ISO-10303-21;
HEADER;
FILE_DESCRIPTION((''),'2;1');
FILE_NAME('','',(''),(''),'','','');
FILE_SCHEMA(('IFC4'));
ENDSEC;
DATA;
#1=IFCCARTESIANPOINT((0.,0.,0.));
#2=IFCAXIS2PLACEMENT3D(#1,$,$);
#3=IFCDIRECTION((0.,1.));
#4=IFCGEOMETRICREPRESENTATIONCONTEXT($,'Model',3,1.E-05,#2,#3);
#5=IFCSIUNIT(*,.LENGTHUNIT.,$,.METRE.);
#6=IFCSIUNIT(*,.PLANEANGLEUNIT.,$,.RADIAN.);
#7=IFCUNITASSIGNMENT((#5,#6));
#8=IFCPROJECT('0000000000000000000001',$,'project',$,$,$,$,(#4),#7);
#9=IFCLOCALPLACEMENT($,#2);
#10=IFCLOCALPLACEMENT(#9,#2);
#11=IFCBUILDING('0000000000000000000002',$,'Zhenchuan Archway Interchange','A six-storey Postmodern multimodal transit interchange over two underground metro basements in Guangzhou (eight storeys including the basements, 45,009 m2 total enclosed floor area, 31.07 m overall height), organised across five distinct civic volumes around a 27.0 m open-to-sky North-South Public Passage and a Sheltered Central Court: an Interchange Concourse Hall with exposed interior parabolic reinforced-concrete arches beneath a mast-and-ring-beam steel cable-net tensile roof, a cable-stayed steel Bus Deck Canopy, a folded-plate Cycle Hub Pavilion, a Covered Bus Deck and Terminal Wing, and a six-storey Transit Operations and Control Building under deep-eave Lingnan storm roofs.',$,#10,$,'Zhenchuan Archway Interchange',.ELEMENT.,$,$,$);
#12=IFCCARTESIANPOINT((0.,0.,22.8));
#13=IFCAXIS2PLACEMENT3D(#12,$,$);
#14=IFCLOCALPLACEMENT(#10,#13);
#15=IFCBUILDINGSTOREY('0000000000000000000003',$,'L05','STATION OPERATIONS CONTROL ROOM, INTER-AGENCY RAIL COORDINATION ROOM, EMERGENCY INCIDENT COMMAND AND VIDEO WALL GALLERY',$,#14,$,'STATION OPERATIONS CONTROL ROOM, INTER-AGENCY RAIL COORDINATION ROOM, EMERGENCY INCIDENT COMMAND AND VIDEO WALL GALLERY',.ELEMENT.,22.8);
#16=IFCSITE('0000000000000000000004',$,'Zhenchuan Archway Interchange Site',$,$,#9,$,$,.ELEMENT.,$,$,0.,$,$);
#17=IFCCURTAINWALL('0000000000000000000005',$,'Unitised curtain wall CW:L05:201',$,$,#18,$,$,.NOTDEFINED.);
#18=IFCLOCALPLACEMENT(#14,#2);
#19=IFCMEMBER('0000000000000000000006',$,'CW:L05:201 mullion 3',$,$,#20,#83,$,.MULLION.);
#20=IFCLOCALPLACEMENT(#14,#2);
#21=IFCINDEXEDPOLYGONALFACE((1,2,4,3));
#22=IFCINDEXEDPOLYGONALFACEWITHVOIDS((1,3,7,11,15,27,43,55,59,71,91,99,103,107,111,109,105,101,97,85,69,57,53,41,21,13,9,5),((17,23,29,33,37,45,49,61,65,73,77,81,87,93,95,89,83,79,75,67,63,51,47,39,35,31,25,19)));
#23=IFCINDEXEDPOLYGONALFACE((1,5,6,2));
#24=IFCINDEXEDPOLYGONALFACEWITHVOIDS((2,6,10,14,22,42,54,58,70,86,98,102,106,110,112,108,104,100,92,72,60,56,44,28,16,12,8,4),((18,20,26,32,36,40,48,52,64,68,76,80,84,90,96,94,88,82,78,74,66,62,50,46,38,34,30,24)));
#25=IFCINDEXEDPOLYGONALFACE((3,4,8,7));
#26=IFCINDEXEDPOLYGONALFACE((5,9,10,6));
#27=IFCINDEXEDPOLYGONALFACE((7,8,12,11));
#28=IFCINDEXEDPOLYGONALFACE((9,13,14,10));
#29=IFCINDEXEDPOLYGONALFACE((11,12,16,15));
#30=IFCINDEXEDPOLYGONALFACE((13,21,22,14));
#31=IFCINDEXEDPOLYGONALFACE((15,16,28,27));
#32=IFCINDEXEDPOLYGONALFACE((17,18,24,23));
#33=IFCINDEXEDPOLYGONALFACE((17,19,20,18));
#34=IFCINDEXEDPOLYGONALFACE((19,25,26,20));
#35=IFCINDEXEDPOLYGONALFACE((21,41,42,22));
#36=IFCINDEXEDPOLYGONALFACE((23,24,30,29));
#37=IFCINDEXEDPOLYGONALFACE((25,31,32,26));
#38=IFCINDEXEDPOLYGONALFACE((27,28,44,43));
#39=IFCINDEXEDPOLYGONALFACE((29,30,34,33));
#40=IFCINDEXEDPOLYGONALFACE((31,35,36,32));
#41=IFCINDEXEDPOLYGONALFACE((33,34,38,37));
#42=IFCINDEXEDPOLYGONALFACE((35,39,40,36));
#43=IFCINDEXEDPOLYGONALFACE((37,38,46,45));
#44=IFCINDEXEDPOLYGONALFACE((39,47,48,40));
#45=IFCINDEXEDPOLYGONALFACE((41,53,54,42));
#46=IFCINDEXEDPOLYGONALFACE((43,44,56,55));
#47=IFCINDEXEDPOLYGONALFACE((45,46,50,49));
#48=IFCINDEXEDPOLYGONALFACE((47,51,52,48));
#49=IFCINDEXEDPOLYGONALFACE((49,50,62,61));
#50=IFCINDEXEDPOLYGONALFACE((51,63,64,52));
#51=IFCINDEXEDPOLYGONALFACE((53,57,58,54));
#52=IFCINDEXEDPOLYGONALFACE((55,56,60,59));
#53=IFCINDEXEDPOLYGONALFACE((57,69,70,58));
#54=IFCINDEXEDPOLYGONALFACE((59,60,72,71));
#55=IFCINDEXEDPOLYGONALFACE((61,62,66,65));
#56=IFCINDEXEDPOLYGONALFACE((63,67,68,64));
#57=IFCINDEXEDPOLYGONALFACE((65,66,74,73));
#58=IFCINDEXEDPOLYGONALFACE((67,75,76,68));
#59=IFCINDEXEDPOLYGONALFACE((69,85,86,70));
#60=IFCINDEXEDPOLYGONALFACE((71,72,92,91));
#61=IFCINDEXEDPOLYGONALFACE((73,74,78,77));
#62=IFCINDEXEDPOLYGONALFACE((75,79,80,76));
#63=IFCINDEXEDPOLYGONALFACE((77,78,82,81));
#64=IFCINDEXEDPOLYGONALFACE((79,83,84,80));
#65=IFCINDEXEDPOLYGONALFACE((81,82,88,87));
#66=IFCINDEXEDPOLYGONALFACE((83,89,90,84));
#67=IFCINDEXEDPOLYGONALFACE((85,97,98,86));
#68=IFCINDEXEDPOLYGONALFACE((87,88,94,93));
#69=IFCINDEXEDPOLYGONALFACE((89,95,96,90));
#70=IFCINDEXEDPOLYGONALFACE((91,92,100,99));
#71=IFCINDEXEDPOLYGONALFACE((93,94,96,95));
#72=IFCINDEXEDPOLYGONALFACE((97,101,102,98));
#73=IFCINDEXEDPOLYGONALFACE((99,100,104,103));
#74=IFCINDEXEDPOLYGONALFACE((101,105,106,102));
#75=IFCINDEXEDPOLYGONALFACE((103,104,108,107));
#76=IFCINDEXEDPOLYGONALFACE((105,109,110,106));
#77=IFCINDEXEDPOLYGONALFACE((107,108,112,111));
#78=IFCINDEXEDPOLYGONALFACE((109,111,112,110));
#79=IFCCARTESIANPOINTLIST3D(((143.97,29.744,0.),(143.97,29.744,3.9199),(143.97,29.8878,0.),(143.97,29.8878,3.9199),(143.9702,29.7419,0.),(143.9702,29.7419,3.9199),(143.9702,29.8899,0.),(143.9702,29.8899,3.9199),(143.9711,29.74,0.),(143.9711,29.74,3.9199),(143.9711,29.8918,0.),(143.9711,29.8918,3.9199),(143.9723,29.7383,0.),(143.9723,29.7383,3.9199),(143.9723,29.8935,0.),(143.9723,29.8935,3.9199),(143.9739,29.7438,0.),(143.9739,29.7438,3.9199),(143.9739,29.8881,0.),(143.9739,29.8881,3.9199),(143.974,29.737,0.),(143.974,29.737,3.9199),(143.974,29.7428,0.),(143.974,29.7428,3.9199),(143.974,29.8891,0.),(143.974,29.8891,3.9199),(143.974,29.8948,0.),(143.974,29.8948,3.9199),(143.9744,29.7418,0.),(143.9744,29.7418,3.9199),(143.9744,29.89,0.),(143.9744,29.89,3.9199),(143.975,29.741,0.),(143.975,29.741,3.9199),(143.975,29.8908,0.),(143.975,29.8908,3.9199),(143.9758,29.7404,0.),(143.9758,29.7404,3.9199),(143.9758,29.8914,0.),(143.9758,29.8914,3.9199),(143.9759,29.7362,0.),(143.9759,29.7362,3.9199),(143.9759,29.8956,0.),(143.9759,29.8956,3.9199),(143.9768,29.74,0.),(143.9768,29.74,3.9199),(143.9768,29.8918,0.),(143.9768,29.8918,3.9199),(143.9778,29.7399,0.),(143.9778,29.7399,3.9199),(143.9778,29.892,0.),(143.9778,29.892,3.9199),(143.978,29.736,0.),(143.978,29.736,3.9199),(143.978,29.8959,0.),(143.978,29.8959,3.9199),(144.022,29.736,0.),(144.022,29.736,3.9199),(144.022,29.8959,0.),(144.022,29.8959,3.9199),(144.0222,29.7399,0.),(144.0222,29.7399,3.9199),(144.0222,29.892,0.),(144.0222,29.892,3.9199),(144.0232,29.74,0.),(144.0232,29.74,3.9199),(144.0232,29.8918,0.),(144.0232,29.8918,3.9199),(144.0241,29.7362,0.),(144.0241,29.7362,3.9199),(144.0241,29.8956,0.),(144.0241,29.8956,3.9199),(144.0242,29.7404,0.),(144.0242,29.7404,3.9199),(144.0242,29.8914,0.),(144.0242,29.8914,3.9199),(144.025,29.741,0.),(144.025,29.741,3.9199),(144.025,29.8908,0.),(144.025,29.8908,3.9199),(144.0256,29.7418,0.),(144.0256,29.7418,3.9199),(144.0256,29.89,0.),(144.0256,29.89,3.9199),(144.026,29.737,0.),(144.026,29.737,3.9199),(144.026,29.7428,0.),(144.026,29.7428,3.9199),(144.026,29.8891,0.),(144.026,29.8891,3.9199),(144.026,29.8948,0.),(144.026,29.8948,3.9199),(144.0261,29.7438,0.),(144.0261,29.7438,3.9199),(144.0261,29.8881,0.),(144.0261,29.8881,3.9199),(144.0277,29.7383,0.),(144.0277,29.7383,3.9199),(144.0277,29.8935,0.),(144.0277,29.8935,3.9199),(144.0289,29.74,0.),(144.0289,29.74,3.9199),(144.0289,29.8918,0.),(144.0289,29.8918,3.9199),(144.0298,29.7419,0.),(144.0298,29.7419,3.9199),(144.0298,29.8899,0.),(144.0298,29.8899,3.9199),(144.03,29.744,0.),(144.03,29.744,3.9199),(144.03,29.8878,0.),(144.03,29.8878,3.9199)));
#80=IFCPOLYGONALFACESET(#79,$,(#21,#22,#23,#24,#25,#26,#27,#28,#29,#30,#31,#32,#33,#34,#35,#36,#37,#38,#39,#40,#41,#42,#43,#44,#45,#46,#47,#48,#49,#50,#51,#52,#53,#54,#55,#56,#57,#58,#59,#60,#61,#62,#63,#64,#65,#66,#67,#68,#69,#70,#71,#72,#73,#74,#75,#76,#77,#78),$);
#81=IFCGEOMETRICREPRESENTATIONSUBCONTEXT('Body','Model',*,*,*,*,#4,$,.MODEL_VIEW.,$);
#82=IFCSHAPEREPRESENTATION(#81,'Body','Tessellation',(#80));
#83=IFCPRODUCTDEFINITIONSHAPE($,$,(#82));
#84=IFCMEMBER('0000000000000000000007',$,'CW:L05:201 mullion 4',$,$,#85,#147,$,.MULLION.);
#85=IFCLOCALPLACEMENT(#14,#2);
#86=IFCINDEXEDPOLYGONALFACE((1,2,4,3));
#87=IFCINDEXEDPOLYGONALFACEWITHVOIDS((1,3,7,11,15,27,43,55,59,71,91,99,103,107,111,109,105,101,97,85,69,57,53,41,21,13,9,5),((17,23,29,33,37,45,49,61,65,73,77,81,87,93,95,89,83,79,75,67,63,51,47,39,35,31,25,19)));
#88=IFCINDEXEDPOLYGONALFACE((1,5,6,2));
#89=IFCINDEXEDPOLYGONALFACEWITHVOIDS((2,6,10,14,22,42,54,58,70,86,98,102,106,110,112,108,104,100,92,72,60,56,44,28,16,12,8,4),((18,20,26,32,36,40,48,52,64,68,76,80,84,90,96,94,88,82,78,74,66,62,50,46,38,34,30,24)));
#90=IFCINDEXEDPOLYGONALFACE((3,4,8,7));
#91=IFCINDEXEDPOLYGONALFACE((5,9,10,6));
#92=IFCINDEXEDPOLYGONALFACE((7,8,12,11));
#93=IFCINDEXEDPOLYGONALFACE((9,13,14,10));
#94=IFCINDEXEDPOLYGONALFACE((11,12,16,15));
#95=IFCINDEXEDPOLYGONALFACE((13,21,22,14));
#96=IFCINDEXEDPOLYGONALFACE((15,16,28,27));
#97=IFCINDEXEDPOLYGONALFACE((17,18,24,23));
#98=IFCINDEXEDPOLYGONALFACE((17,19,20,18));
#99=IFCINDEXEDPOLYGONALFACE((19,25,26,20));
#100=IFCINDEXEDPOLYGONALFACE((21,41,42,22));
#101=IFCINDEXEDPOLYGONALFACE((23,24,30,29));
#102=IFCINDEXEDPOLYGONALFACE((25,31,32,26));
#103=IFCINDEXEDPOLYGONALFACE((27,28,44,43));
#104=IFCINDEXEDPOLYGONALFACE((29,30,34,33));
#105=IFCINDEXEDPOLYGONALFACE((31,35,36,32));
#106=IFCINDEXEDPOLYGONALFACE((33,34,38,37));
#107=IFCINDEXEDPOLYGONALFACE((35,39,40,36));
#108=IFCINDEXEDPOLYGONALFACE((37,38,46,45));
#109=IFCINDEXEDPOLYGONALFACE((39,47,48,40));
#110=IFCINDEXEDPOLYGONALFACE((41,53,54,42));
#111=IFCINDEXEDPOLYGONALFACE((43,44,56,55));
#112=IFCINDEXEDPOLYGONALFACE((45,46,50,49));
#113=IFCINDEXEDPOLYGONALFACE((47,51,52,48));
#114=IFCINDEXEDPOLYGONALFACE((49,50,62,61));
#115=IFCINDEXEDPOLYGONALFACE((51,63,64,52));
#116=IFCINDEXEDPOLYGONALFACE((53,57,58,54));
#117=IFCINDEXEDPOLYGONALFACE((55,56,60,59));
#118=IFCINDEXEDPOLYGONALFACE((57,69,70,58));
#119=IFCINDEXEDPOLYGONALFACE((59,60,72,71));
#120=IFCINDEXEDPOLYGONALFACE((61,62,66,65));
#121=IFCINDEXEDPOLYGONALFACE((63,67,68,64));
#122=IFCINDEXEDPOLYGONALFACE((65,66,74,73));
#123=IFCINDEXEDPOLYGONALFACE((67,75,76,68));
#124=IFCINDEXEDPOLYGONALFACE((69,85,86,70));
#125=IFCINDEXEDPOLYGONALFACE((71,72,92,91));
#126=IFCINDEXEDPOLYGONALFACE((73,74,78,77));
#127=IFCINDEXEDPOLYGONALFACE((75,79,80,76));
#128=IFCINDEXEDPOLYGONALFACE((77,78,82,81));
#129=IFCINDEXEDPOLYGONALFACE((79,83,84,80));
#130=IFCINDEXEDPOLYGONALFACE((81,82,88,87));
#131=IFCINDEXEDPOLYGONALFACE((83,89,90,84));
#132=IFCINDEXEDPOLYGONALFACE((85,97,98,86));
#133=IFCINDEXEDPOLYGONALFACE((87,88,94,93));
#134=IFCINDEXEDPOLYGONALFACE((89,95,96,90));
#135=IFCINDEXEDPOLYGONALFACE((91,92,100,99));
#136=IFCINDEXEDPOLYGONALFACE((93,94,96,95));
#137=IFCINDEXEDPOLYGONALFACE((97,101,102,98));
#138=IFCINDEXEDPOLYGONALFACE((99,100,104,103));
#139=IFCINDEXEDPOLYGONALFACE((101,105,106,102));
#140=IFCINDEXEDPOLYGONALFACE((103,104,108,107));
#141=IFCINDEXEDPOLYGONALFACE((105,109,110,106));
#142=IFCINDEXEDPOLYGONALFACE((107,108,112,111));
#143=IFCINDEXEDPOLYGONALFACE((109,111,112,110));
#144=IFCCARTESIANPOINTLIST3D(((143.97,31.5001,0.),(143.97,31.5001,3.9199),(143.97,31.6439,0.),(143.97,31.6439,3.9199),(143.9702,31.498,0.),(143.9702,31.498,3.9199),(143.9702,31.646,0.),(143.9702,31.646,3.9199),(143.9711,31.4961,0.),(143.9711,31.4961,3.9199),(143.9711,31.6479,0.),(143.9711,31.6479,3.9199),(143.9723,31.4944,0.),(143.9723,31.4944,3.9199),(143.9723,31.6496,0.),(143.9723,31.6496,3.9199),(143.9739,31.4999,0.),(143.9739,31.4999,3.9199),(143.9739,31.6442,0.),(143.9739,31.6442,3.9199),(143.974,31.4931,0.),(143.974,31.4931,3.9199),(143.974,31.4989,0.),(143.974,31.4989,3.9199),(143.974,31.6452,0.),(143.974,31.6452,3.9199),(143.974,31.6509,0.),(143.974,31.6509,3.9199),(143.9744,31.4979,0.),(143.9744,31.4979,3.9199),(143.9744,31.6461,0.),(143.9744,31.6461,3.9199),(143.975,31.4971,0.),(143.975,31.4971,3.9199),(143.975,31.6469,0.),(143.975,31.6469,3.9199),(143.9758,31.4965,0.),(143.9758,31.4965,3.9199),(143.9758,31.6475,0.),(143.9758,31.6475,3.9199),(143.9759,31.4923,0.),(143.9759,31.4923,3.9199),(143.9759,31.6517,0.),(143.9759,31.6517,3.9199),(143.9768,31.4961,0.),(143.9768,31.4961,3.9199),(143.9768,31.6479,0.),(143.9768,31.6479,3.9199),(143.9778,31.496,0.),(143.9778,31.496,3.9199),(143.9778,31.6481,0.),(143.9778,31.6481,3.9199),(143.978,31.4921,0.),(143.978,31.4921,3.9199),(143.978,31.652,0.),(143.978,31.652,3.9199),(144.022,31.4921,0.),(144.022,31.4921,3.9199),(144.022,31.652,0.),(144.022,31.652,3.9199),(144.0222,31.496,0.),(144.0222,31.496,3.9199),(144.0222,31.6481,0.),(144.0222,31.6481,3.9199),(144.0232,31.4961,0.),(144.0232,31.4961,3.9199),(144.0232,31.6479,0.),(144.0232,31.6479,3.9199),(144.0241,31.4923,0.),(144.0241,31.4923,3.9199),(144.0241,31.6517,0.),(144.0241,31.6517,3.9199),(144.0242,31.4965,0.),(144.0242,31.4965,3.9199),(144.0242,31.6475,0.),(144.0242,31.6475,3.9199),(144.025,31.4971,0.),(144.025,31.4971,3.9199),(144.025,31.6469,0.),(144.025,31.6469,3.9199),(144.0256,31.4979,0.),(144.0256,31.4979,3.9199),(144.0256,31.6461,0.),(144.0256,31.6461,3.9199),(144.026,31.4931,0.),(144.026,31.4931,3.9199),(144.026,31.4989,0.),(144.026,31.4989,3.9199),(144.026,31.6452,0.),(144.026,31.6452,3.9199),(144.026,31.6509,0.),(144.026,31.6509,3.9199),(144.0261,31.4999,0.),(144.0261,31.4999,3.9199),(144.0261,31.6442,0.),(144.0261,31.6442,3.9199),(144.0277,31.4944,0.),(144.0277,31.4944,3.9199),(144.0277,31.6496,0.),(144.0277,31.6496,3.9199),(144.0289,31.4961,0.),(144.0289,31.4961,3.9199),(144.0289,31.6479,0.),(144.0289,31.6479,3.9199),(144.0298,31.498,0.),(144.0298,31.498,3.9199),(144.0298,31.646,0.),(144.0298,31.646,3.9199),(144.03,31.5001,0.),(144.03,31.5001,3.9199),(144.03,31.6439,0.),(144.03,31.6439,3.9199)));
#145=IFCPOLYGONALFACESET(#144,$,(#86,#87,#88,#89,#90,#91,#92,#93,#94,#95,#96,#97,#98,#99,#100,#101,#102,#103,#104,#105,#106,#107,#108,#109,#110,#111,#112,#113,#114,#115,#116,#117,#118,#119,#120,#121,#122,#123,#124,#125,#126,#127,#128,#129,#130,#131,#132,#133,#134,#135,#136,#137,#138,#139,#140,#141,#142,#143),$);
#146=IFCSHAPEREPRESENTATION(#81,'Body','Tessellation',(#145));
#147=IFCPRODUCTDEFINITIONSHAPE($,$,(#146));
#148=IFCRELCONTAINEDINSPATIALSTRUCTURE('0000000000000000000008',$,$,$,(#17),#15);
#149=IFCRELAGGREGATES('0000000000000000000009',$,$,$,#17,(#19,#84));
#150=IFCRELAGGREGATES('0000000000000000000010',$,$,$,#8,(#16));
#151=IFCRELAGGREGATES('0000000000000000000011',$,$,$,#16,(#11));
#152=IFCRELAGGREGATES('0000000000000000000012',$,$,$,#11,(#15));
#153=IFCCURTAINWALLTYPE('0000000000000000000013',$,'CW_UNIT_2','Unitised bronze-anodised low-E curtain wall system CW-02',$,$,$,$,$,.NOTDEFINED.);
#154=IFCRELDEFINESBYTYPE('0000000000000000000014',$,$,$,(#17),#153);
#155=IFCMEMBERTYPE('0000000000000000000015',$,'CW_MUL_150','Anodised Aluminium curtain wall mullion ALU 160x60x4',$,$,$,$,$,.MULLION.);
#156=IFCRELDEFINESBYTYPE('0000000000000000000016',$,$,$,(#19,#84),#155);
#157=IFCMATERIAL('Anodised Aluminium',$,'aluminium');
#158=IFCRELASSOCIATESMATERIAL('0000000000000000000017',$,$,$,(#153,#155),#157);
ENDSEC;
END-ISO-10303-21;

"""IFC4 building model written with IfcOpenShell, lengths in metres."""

from ifc_helpers import new_model, si_unit, direction, frame, origin, origin_2d, place, context, subcontext, project, spatial, hollow_rectangle, extrude, material, material_profile, profile_set, type_object, element, aggregate, save


model = new_model("IFC4")

# Units and contexts
model_context = context("Model", 3, precision=1e-05, world=origin(), true_north=direction((0.0, 1.0)))
body_context = subcontext(model_context, "Body", "Model", "MODEL_VIEW")
ifc_project = project(units=[si_unit("LENGTHUNIT", "METRE"), si_unit("PLANEANGLEUNIT", "RADIAN")], contexts=[model_context])

# Site, building, storey
site_placement = place(None, origin())
site = spatial("IfcSite", under=ifc_project, at=site_placement, Name="Zhenchuan Archway Interchange Site", CompositionType="ELEMENT", RefElevation=0.0)
building_placement = place(site_placement, origin())
building = spatial("IfcBuilding", under=site, at=building_placement, Name="Zhenchuan Archway Interchange", Description="A six-storey Postmodern multimodal transit interchange over two underground metro basements in Guangzhou (eight storeys including the basements, 45,009 m2 total enclosed floor area, 31.07 m overall height), organised across five distinct civic volumes around a 27.0 m open-to-sky North-South Public Passage and a Sheltered Central Court: an Interchange Concourse Hall with exposed interior parabolic reinforced-concrete arches beneath a mast-and-ring-beam steel cable-net tensile roof, a cable-stayed steel Bus Deck Canopy, a folded-plate Cycle Hub Pavilion, a Covered Bus Deck and Terminal Wing, and a six-storey Transit Operations and Control Building under deep-eave Lingnan storm roofs.", LongName="Zhenchuan Archway Interchange", CompositionType="ELEMENT")
storey_placement = place(building_placement, frame((0.0, 0.0, 22.8)))
storey = spatial("IfcBuildingStorey", under=building, at=storey_placement, Name="L05", Description="STATION OPERATIONS CONTROL ROOM, INTER-AGENCY RAIL COORDINATION ROOM, EMERGENCY INCIDENT COMMAND AND VIDEO WALL GALLERY", LongName="STATION OPERATIONS CONTROL ROOM, INTER-AGENCY RAIL COORDINATION ROOM, EMERGENCY INCIDENT COMMAND AND VIDEO WALL GALLERY", CompositionType="ELEMENT", Elevation=22.8)

# Curtain wall, members
ifc_material_1 = material(Name="Anodised Aluminium", Category="aluminium")
curtain_wall_type = type_object("IfcCurtainWallType", Name="CW_UNIT_2", Description="Unitised bronze-anodised low-E curtain wall system CW-02", PredefinedType="NOTDEFINED", material=ifc_material_1)
curtain_wall_placement = place(storey_placement, origin())
curtain_wall = element("IfcCurtainWall", 1, at=curtain_wall_placement, inside=storey, type_object=curtain_wall_type, Name="Unitised curtain wall CW:L05:201", PredefinedType="NOTDEFINED")
ifc_material_profile_1 = material_profile(ifc_material_1, hollow_rectangle(XDim=0.0601, YDim=0.1599, WallThickness=0.0039, InnerFilletRadius=0.0039, OuterFilletRadius=0.0081, at=origin_2d()), Name="ALU 160x60x4")
ifc_profile_set_1 = profile_set([ifc_material_profile_1], Name="Anodised Aluminium")
member_type_1 = type_object("IfcMemberType", Name="CW_MUL_150", Description="Anodised Aluminium curtain wall mullion ALU 160x60x4", PredefinedType="MULLION", material=ifc_profile_set_1)
member_1_placement = place(storey_placement, frame((144.0, 29.8159, 0.0), z_axis=(0.0, 0.0, 1.0), x_axis=(1.0, 0.0, 0.0)))
member_1 = element("IfcMember", 2, at=member_1_placement, type_object=member_type_1, Name="CW:L05:201 mullion 3", PredefinedType="MULLION", context=body_context, shape_type="SweptSolid", body=[
    extrude(hollow_rectangle(XDim=0.0601, YDim=0.1599, WallThickness=0.0039, InnerFilletRadius=0.0039, OuterFilletRadius=0.0081, at=origin_2d()), origin(), (0.0, 0.0, 1.0), 3.9199),
])
member_2_placement = place(storey_placement, frame((144.0, 31.572, 0.0), z_axis=(0.0, 0.0, 1.0), x_axis=(1.0, 0.0, 0.0)))
member_2 = element("IfcMember", 3, at=member_2_placement, type_object=member_type_1, Name="CW:L05:201 mullion 4", PredefinedType="MULLION", context=body_context, shape_type="SweptSolid", body=[
    extrude(hollow_rectangle(XDim=0.0601, YDim=0.1599, WallThickness=0.0039, InnerFilletRadius=0.0039, OuterFilletRadius=0.0081, at=origin_2d()), origin(), (0.0, 0.0, 1.0), 3.9199),
])
aggregate(curtain_wall, [member_1, member_2])

save(model, "model.ifc")
